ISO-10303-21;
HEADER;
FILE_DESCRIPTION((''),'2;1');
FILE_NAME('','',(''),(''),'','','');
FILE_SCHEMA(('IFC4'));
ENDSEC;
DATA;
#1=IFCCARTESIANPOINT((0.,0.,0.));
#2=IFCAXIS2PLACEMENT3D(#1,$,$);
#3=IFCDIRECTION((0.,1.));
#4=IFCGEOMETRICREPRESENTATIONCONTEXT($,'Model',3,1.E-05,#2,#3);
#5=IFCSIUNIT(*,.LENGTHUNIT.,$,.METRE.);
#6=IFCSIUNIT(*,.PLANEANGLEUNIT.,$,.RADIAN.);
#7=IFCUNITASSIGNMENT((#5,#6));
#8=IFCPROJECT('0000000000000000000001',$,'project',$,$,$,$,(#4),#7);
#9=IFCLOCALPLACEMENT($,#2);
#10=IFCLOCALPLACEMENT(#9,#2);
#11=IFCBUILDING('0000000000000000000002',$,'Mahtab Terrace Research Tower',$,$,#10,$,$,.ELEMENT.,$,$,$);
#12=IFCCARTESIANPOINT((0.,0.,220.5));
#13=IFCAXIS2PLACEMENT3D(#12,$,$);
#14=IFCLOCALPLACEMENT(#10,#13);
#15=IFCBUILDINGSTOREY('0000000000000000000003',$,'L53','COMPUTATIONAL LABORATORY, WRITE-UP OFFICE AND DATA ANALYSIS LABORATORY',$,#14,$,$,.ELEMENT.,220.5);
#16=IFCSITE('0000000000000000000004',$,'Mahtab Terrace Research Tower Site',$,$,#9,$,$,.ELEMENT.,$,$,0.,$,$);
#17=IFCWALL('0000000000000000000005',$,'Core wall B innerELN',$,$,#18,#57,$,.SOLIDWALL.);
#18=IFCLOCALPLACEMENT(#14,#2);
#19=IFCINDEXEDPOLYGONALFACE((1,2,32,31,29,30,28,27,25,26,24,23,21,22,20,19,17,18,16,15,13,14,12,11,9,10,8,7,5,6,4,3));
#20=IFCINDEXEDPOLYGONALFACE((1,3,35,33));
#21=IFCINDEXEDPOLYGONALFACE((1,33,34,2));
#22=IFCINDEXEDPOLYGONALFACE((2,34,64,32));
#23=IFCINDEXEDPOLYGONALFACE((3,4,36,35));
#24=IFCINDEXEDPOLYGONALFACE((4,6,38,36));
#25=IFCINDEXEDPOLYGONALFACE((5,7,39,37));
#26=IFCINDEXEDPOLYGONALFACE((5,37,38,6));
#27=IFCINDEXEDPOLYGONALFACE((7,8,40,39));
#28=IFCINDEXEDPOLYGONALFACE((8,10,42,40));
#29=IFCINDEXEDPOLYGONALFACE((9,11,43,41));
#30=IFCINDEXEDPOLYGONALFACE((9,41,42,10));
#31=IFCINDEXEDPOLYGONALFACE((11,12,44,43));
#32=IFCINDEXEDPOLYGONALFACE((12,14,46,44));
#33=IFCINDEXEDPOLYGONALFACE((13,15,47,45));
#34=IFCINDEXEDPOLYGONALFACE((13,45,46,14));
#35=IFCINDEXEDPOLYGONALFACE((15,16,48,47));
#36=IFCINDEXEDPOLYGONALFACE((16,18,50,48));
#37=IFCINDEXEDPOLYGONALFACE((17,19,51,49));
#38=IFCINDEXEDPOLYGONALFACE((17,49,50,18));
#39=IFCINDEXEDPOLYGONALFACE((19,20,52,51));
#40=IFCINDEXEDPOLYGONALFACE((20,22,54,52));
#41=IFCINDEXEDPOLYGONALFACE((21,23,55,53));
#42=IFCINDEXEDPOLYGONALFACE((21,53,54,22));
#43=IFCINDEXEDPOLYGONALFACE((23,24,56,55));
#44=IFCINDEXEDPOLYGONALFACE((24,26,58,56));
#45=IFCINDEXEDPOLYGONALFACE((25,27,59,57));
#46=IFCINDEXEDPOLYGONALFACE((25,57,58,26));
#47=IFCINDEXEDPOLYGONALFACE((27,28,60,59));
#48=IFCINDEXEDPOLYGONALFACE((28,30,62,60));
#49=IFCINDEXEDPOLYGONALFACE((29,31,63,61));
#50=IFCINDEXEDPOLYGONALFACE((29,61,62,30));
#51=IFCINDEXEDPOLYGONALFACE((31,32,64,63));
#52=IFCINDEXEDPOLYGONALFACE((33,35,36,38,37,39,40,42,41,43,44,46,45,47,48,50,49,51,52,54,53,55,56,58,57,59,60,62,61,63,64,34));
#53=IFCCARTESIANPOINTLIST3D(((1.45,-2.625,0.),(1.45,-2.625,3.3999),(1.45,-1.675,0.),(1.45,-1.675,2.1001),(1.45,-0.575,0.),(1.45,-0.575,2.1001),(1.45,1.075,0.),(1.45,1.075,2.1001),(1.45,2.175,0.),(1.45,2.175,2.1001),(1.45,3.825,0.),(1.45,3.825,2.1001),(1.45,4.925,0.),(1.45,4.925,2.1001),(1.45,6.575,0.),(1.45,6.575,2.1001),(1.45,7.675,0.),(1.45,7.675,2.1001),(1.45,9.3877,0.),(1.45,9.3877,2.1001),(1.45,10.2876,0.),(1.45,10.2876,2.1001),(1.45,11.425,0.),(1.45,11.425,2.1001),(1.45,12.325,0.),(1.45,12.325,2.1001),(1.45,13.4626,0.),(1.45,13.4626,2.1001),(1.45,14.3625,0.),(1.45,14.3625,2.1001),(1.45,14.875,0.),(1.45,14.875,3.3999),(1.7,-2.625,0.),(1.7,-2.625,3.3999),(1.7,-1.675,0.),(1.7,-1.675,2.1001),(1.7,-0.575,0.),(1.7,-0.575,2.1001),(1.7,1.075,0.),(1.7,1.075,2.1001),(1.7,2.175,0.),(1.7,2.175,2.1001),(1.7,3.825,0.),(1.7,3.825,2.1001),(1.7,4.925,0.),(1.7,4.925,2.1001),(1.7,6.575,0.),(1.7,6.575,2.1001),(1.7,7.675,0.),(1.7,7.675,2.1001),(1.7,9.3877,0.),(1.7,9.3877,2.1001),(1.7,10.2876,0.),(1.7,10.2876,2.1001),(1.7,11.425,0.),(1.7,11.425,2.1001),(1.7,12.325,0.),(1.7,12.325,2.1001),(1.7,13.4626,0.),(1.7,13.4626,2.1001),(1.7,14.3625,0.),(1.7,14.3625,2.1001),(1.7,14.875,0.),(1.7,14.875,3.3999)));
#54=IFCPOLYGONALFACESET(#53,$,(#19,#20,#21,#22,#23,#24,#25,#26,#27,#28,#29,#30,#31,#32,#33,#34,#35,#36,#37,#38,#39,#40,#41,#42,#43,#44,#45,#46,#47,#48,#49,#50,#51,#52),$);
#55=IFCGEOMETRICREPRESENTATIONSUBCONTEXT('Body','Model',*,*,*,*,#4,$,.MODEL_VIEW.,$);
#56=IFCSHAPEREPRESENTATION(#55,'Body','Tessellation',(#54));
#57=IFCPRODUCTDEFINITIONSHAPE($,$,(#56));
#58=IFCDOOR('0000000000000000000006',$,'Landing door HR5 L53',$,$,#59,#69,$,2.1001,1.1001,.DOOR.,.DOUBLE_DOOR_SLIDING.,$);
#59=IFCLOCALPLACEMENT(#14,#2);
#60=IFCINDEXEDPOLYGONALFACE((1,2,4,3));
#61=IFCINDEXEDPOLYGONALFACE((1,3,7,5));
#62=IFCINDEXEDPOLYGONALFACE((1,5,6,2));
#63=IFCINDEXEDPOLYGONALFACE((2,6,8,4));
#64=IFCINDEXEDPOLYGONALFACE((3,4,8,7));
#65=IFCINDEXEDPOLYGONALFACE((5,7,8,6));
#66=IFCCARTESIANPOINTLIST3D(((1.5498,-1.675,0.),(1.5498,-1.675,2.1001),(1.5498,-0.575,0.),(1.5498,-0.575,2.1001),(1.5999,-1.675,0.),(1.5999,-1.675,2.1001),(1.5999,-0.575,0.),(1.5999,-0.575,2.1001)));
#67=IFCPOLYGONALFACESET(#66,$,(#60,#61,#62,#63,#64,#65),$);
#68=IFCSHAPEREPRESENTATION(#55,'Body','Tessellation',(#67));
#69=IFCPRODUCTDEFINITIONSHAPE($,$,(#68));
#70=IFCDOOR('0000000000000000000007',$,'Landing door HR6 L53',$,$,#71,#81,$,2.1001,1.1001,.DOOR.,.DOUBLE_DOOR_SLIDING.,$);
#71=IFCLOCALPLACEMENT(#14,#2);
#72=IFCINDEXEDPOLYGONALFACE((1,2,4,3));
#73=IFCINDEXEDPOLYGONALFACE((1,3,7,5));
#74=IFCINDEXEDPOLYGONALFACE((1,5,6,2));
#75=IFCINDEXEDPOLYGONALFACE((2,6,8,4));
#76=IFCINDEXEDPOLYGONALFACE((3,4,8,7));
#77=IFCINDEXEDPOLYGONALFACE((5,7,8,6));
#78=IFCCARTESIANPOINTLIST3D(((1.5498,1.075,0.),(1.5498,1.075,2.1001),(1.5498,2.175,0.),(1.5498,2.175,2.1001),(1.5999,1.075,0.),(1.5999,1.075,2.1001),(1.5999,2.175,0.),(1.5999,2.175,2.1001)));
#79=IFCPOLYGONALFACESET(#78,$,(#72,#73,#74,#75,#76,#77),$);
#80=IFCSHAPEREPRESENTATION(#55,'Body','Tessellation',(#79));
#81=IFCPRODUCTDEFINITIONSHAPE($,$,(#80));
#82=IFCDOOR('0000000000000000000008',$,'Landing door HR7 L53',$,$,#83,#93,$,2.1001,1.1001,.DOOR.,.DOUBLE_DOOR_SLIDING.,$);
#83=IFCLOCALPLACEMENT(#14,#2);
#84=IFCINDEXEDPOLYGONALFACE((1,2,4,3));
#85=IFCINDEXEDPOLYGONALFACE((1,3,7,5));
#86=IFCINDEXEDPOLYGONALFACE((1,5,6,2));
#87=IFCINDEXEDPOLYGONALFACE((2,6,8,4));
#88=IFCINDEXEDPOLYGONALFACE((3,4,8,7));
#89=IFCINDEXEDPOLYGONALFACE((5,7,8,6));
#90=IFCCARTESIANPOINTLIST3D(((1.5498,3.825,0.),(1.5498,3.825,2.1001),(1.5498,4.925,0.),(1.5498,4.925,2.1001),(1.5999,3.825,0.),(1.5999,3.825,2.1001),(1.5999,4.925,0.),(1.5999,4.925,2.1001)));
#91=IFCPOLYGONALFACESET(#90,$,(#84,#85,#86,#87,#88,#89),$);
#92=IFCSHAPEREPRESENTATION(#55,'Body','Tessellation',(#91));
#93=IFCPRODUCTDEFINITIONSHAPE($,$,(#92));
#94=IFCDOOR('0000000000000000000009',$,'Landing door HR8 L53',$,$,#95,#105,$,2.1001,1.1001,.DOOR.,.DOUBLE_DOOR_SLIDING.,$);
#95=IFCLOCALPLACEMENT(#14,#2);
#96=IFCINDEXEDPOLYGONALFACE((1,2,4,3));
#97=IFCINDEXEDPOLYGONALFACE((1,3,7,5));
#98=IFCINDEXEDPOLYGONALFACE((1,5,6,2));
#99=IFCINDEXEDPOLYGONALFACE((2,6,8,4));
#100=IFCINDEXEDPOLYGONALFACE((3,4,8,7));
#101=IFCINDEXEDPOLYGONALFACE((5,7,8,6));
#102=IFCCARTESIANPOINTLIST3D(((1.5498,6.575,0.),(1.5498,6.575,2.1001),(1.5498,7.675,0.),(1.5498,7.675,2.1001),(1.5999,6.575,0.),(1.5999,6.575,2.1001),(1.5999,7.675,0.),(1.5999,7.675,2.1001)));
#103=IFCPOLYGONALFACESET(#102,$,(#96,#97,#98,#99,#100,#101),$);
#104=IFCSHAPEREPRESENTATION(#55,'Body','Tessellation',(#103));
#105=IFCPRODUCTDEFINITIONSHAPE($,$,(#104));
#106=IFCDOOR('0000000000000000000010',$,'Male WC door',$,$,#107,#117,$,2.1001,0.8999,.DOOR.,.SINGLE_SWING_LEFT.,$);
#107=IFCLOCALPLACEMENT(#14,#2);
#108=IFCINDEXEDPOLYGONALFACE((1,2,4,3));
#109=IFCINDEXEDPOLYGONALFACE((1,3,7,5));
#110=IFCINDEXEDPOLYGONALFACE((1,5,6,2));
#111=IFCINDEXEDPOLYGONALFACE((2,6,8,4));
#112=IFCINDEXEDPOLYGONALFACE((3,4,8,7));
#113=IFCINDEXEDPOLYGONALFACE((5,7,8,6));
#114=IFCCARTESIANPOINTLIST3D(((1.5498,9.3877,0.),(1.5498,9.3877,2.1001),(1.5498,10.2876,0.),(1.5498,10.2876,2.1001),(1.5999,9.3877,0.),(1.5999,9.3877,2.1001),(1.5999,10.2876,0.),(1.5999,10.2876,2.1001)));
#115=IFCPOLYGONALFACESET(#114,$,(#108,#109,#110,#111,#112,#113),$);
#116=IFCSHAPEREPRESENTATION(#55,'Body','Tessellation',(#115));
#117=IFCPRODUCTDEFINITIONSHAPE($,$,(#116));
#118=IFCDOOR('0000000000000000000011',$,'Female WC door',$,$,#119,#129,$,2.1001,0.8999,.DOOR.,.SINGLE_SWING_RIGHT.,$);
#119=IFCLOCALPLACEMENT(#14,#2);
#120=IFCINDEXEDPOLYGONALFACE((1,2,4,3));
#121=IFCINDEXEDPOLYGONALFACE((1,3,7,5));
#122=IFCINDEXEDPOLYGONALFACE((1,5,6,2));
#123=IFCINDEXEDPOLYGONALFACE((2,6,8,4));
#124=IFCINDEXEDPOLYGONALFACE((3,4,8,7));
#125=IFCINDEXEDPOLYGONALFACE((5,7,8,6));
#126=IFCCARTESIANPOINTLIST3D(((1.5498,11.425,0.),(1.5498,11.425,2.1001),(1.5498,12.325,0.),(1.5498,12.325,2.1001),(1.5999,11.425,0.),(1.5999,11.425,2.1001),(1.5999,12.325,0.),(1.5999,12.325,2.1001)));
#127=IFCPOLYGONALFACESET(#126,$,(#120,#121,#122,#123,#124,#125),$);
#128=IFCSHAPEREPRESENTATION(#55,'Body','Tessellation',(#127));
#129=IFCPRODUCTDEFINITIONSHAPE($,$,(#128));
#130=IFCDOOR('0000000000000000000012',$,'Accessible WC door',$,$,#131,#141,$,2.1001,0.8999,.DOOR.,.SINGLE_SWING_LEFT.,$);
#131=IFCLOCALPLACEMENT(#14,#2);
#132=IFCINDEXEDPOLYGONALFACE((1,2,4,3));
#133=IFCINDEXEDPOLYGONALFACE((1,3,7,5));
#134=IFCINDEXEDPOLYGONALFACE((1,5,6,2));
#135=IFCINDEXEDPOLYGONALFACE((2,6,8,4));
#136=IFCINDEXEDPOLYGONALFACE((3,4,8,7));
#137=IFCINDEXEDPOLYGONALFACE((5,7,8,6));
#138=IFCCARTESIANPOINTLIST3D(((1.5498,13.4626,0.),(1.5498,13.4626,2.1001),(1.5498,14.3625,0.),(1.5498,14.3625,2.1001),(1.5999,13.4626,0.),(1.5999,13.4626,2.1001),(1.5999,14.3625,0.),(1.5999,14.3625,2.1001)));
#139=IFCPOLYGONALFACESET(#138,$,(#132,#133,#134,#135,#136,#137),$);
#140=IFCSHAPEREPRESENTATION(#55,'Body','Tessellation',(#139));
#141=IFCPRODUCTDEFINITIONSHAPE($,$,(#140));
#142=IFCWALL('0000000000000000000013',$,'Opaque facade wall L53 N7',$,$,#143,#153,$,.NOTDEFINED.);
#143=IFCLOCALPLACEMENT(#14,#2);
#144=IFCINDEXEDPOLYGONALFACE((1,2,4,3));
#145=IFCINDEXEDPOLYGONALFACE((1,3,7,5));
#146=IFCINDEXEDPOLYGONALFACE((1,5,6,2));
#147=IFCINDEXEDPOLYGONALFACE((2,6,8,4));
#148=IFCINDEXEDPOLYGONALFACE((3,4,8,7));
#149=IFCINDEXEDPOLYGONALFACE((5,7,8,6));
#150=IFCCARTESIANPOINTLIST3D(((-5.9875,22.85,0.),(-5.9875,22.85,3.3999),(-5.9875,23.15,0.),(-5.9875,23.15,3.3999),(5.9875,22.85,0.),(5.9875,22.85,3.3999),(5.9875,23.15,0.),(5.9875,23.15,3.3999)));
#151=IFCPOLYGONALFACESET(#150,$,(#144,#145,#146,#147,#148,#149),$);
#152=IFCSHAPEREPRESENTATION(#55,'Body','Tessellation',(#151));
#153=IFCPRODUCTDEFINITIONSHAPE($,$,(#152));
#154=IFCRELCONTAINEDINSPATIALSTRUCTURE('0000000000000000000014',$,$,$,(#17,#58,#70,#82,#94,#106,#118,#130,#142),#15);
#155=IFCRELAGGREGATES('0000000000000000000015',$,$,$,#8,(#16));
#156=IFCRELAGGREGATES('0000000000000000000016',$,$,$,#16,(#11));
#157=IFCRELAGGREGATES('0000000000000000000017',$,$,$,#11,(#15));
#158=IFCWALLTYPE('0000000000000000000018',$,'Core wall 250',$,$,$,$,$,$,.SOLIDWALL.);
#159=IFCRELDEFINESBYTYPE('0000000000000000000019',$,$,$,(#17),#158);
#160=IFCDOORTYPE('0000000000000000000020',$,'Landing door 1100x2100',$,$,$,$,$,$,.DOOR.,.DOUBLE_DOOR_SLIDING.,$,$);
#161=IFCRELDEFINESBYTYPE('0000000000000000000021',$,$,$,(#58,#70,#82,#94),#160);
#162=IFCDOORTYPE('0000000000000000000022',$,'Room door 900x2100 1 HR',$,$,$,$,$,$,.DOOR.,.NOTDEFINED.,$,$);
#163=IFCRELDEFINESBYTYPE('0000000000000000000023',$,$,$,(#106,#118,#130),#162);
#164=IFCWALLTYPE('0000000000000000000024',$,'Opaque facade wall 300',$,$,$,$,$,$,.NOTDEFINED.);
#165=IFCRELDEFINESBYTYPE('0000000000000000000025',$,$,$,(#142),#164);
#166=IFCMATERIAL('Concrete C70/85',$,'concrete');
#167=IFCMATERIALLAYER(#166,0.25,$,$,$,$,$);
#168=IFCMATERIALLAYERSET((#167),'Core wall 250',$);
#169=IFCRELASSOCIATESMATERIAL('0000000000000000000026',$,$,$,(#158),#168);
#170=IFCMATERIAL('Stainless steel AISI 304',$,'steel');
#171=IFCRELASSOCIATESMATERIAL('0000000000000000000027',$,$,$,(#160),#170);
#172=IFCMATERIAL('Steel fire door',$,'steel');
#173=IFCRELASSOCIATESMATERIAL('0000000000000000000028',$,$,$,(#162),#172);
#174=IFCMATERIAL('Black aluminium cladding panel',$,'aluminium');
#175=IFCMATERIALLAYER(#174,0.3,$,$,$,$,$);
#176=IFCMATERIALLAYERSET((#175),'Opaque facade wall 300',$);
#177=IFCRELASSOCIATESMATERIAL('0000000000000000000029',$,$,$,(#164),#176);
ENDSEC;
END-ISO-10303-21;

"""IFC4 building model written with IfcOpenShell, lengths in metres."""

from ifc_helpers import new_model, si_unit, direction, frame, frame_2d, origin, place, context, subcontext, project, spatial, rectangle, extrude, material, layer, layer_set, type_object, element, fill, save


model = new_model("IFC4")

# Units and contexts
model_context = context("Model", 3, precision=1e-05, world=origin(), true_north=direction((0.0, 1.0)))
body_context = subcontext(model_context, "Body", "Model", "MODEL_VIEW")
ifc_project = project(units=[si_unit("LENGTHUNIT", "METRE"), si_unit("PLANEANGLEUNIT", "RADIAN")], contexts=[model_context])

# Site, building, storey
site_placement = place(None, origin())
site = spatial("IfcSite", under=ifc_project, at=site_placement, Name="Mahtab Terrace Research Tower Site", CompositionType="ELEMENT", RefElevation=0.0)
building_placement = place(site_placement, origin())
building = spatial("IfcBuilding", under=site, at=building_placement, Name="Mahtab Terrace Research Tower", CompositionType="ELEMENT")
storey_placement = place(building_placement, frame((0.0, 0.0, 220.5)))
storey = spatial("IfcBuildingStorey", under=building, at=storey_placement, Name="L53", Description="COMPUTATIONAL LABORATORY, WRITE-UP OFFICE AND DATA ANALYSIS LABORATORY", CompositionType="ELEMENT", Elevation=220.5)

# Shared definitions
ifc_material_1 = material(Name="Concrete C70/85", Category="concrete")

# Wall, openings, doors
ifc_layer_1 = layer(ifc_material_1, 0.25)
ifc_layer_set_1 = layer_set([ifc_layer_1], Name="Core wall 250")
wall_type_1 = type_object("IfcWallType", Name="Core wall 250", PredefinedType="SOLIDWALL", material=ifc_layer_set_1)
wall_1_placement = place(storey_placement, frame((1.575, 14.875, 0.0), z_axis=(0.0, 0.0, 1.0), x_axis=(0.0, -1.0, 0.0)))
wall_1 = element("IfcWall", 1, at=wall_1_placement, inside=storey, type_object=wall_type_1, Name="Core wall B innerELN", PredefinedType="SOLIDWALL", context=body_context, shape_type="SweptSolid", body=[
    extrude(rectangle(XDim=17.5, YDim=0.25, at=frame_2d((8.75, 0.0))), origin(), (0.0, 0.0, 1.0), 3.3999),
])
opening_1_placement = place(wall_1_placement, frame((15.45, 0.0, 0.0)))
opening_1 = element("IfcOpeningElement", 2, at=opening_1_placement, cuts=wall_1, PredefinedType="OPENING", context=body_context, shape_type="SweptSolid", body=[
    extrude(rectangle(XDim=1.1001, YDim=2.1001, at=frame_2d((0.55, 1.05))), frame((0.0, 0.135, 0.0), z_axis=(0.0, -1.0, 0.0), x_axis=(1.0, 0.0, 0.0)), (0.0, 0.0, 1.0), 0.27),
])
opening_2_placement = place(wall_1_placement, frame((12.7, 0.0, 0.0)))
opening_2 = element("IfcOpeningElement", 3, at=opening_2_placement, cuts=wall_1, PredefinedType="OPENING", context=body_context, shape_type="SweptSolid", body=[
    extrude(rectangle(XDim=1.1001, YDim=2.1001, at=frame_2d((0.55, 1.05))), frame((0.0, 0.135, 0.0), z_axis=(0.0, -1.0, 0.0), x_axis=(1.0, 0.0, 0.0)), (0.0, 0.0, 1.0), 0.27),
])
opening_3_placement = place(wall_1_placement, frame((9.95, 0.0, 0.0)))
opening_3 = element("IfcOpeningElement", 4, at=opening_3_placement, cuts=wall_1, PredefinedType="OPENING", context=body_context, shape_type="SweptSolid", body=[
    extrude(rectangle(XDim=1.1001, YDim=2.1001, at=frame_2d((0.55, 1.05))), frame((0.0, 0.135, 0.0), z_axis=(0.0, -1.0, 0.0), x_axis=(1.0, 0.0, 0.0)), (0.0, 0.0, 1.0), 0.27),
])
opening_4_placement = place(wall_1_placement, frame((7.2, 0.0, 0.0)))
opening_4 = element("IfcOpeningElement", 5, at=opening_4_placement, cuts=wall_1, PredefinedType="OPENING", context=body_context, shape_type="SweptSolid", body=[
    extrude(rectangle(XDim=1.1001, YDim=2.1001, at=frame_2d((0.55, 1.05))), frame((0.0, 0.135, 0.0), z_axis=(0.0, -1.0, 0.0), x_axis=(1.0, 0.0, 0.0)), (0.0, 0.0, 1.0), 0.27),
])
opening_5_placement = place(wall_1_placement, frame((4.5874, 0.0, 0.0)))
opening_5 = element("IfcOpeningElement", 6, at=opening_5_placement, cuts=wall_1, PredefinedType="OPENING", context=body_context, shape_type="SweptSolid", body=[
    extrude(rectangle(XDim=0.8999, YDim=2.1001, at=frame_2d((0.45, 1.05))), frame((0.0, 0.135, 0.0), z_axis=(0.0, -1.0, 0.0), x_axis=(1.0, 0.0, 0.0)), (0.0, 0.0, 1.0), 0.27),
])
opening_6_placement = place(wall_1_placement, frame((2.55, 0.0, 0.0)))
opening_6 = element("IfcOpeningElement", 7, at=opening_6_placement, cuts=wall_1, PredefinedType="OPENING", context=body_context, shape_type="SweptSolid", body=[
    extrude(rectangle(XDim=0.8999, YDim=2.1001, at=frame_2d((0.45, 1.05))), frame((0.0, 0.135, 0.0), z_axis=(0.0, -1.0, 0.0), x_axis=(1.0, 0.0, 0.0)), (0.0, 0.0, 1.0), 0.27),
])
opening_7_placement = place(wall_1_placement, frame((0.5125, 0.0, 0.0)))
opening_7 = element("IfcOpeningElement", 8, at=opening_7_placement, cuts=wall_1, PredefinedType="OPENING", context=body_context, shape_type="SweptSolid", body=[
    extrude(rectangle(XDim=0.8999, YDim=2.1001, at=frame_2d((0.45, 1.05))), frame((0.0, 0.135, 0.0), z_axis=(0.0, -1.0, 0.0), x_axis=(1.0, 0.0, 0.0)), (0.0, 0.0, 1.0), 0.27),
])
ifc_material_2 = material(Name="Stainless steel AISI 304", Category="steel")
door_type_1 = type_object("IfcDoorType", Name="Landing door 1100x2100", OperationType="DOUBLE_DOOR_SLIDING", PredefinedType="DOOR", material=ifc_material_2)
door_1_placement = place(opening_1_placement, origin())
door_1 = element("IfcDoor", 9, at=door_1_placement, inside=storey, type_object=door_type_1, Name="Landing door HR5 L53", OperationType="DOUBLE_DOOR_SLIDING", OverallHeight=2.1001, OverallWidth=1.1001, PredefinedType="DOOR", context=body_context, shape_type="SweptSolid", body=[
    extrude(rectangle(XDim=1.1001, YDim=2.1001, at=frame_2d((0.55, 1.05))), frame((0.0, 0.0249, 0.0), z_axis=(0.0, -1.0, 0.0), x_axis=(1.0, 0.0, 0.0)), (0.0, 0.0, 1.0), 0.05),
])
fill(opening_1, door_1)
door_2_placement = place(opening_2_placement, origin())
door_2 = element("IfcDoor", 10, at=door_2_placement, inside=storey, type_object=door_type_1, Name="Landing door HR6 L53", OperationType="DOUBLE_DOOR_SLIDING", OverallHeight=2.1001, OverallWidth=1.1001, PredefinedType="DOOR", context=body_context, shape_type="SweptSolid", body=[
    extrude(rectangle(XDim=1.1001, YDim=2.1001, at=frame_2d((0.55, 1.05))), frame((0.0, 0.0249, 0.0), z_axis=(0.0, -1.0, 0.0), x_axis=(1.0, 0.0, 0.0)), (0.0, 0.0, 1.0), 0.05),
])
fill(opening_2, door_2)
door_3_placement = place(opening_3_placement, origin())
door_3 = element("IfcDoor", 11, at=door_3_placement, inside=storey, type_object=door_type_1, Name="Landing door HR7 L53", OperationType="DOUBLE_DOOR_SLIDING", OverallHeight=2.1001, OverallWidth=1.1001, PredefinedType="DOOR", context=body_context, shape_type="SweptSolid", body=[
    extrude(rectangle(XDim=1.1001, YDim=2.1001, at=frame_2d((0.55, 1.05))), frame((0.0, 0.0249, 0.0), z_axis=(0.0, -1.0, 0.0), x_axis=(1.0, 0.0, 0.0)), (0.0, 0.0, 1.0), 0.05),
])
fill(opening_3, door_3)
door_4_placement = place(opening_4_placement, origin())
door_4 = element("IfcDoor", 12, at=door_4_placement, inside=storey, type_object=door_type_1, Name="Landing door HR8 L53", OperationType="DOUBLE_DOOR_SLIDING", OverallHeight=2.1001, OverallWidth=1.1001, PredefinedType="DOOR", context=body_context, shape_type="SweptSolid", body=[
    extrude(rectangle(XDim=1.1001, YDim=2.1001, at=frame_2d((0.55, 1.05))), frame((0.0, 0.0249, 0.0), z_axis=(0.0, -1.0, 0.0), x_axis=(1.0, 0.0, 0.0)), (0.0, 0.0, 1.0), 0.05),
])
fill(opening_4, door_4)
ifc_material_3 = material(Name="Steel fire door", Category="steel")
door_type_2 = type_object("IfcDoorType", Name="Room door 900x2100 1 HR", OperationType="NOTDEFINED", PredefinedType="DOOR", material=ifc_material_3)
door_5_placement = place(opening_5_placement, origin())
door_5 = element("IfcDoor", 13, at=door_5_placement, inside=storey, type_object=door_type_2, Name="Male WC door", OperationType="SINGLE_SWING_LEFT", OverallHeight=2.1001, OverallWidth=0.8999, PredefinedType="DOOR", context=body_context, shape_type="SweptSolid", body=[
    extrude(rectangle(XDim=0.8999, YDim=2.1001, at=frame_2d((0.45, 1.05))), frame((0.0, 0.0249, 0.0), z_axis=(0.0, -1.0, 0.0), x_axis=(1.0, 0.0, 0.0)), (0.0, 0.0, 1.0), 0.05),
])
fill(opening_5, door_5)
door_6_placement = place(opening_6_placement, origin())
door_6 = element("IfcDoor", 14, at=door_6_placement, inside=storey, type_object=door_type_2, Name="Female WC door", OperationType="SINGLE_SWING_RIGHT", OverallHeight=2.1001, OverallWidth=0.8999, PredefinedType="DOOR", context=body_context, shape_type="SweptSolid", body=[
    extrude(rectangle(XDim=0.8999, YDim=2.1001, at=frame_2d((0.45, 1.05))), frame((0.0, 0.0249, 0.0), z_axis=(0.0, -1.0, 0.0), x_axis=(1.0, 0.0, 0.0)), (0.0, 0.0, 1.0), 0.05),
])
fill(opening_6, door_6)
door_7_placement = place(opening_7_placement, origin())
door_7 = element("IfcDoor", 15, at=door_7_placement, inside=storey, type_object=door_type_2, Name="Accessible WC door", OperationType="SINGLE_SWING_LEFT", OverallHeight=2.1001, OverallWidth=0.8999, PredefinedType="DOOR", context=body_context, shape_type="SweptSolid", body=[
    extrude(rectangle(XDim=0.8999, YDim=2.1001, at=frame_2d((0.45, 1.05))), frame((0.0, 0.0249, 0.0), z_axis=(0.0, -1.0, 0.0), x_axis=(1.0, 0.0, 0.0)), (0.0, 0.0, 1.0), 0.05),
])
fill(opening_7, door_7)

# Wall
ifc_material_4 = material(Name="Black aluminium cladding panel", Category="aluminium")
ifc_layer_2 = layer(ifc_material_4, 0.3)
ifc_layer_set_2 = layer_set([ifc_layer_2], Name="Opaque facade wall 300")
wall_type_2 = type_object("IfcWallType", Name="Opaque facade wall 300", PredefinedType="NOTDEFINED", material=ifc_layer_set_2)
wall_2_placement = place(storey_placement, frame((5.9875, 23.0, 0.0), z_axis=(0.0, 0.0, 1.0), x_axis=(-1.0, 0.0, 0.0)))
element("IfcWall", 16, at=wall_2_placement, inside=storey, type_object=wall_type_2, Name="Opaque facade wall L53 N7", PredefinedType="NOTDEFINED", context=body_context, shape_type="SweptSolid", body=[
    extrude(rectangle(XDim=11.9751, YDim=0.3, at=frame_2d((5.9875, 0.0))), origin(), (0.0, 0.0, 1.0), 3.3999),
])

save(model, "model.ifc")
